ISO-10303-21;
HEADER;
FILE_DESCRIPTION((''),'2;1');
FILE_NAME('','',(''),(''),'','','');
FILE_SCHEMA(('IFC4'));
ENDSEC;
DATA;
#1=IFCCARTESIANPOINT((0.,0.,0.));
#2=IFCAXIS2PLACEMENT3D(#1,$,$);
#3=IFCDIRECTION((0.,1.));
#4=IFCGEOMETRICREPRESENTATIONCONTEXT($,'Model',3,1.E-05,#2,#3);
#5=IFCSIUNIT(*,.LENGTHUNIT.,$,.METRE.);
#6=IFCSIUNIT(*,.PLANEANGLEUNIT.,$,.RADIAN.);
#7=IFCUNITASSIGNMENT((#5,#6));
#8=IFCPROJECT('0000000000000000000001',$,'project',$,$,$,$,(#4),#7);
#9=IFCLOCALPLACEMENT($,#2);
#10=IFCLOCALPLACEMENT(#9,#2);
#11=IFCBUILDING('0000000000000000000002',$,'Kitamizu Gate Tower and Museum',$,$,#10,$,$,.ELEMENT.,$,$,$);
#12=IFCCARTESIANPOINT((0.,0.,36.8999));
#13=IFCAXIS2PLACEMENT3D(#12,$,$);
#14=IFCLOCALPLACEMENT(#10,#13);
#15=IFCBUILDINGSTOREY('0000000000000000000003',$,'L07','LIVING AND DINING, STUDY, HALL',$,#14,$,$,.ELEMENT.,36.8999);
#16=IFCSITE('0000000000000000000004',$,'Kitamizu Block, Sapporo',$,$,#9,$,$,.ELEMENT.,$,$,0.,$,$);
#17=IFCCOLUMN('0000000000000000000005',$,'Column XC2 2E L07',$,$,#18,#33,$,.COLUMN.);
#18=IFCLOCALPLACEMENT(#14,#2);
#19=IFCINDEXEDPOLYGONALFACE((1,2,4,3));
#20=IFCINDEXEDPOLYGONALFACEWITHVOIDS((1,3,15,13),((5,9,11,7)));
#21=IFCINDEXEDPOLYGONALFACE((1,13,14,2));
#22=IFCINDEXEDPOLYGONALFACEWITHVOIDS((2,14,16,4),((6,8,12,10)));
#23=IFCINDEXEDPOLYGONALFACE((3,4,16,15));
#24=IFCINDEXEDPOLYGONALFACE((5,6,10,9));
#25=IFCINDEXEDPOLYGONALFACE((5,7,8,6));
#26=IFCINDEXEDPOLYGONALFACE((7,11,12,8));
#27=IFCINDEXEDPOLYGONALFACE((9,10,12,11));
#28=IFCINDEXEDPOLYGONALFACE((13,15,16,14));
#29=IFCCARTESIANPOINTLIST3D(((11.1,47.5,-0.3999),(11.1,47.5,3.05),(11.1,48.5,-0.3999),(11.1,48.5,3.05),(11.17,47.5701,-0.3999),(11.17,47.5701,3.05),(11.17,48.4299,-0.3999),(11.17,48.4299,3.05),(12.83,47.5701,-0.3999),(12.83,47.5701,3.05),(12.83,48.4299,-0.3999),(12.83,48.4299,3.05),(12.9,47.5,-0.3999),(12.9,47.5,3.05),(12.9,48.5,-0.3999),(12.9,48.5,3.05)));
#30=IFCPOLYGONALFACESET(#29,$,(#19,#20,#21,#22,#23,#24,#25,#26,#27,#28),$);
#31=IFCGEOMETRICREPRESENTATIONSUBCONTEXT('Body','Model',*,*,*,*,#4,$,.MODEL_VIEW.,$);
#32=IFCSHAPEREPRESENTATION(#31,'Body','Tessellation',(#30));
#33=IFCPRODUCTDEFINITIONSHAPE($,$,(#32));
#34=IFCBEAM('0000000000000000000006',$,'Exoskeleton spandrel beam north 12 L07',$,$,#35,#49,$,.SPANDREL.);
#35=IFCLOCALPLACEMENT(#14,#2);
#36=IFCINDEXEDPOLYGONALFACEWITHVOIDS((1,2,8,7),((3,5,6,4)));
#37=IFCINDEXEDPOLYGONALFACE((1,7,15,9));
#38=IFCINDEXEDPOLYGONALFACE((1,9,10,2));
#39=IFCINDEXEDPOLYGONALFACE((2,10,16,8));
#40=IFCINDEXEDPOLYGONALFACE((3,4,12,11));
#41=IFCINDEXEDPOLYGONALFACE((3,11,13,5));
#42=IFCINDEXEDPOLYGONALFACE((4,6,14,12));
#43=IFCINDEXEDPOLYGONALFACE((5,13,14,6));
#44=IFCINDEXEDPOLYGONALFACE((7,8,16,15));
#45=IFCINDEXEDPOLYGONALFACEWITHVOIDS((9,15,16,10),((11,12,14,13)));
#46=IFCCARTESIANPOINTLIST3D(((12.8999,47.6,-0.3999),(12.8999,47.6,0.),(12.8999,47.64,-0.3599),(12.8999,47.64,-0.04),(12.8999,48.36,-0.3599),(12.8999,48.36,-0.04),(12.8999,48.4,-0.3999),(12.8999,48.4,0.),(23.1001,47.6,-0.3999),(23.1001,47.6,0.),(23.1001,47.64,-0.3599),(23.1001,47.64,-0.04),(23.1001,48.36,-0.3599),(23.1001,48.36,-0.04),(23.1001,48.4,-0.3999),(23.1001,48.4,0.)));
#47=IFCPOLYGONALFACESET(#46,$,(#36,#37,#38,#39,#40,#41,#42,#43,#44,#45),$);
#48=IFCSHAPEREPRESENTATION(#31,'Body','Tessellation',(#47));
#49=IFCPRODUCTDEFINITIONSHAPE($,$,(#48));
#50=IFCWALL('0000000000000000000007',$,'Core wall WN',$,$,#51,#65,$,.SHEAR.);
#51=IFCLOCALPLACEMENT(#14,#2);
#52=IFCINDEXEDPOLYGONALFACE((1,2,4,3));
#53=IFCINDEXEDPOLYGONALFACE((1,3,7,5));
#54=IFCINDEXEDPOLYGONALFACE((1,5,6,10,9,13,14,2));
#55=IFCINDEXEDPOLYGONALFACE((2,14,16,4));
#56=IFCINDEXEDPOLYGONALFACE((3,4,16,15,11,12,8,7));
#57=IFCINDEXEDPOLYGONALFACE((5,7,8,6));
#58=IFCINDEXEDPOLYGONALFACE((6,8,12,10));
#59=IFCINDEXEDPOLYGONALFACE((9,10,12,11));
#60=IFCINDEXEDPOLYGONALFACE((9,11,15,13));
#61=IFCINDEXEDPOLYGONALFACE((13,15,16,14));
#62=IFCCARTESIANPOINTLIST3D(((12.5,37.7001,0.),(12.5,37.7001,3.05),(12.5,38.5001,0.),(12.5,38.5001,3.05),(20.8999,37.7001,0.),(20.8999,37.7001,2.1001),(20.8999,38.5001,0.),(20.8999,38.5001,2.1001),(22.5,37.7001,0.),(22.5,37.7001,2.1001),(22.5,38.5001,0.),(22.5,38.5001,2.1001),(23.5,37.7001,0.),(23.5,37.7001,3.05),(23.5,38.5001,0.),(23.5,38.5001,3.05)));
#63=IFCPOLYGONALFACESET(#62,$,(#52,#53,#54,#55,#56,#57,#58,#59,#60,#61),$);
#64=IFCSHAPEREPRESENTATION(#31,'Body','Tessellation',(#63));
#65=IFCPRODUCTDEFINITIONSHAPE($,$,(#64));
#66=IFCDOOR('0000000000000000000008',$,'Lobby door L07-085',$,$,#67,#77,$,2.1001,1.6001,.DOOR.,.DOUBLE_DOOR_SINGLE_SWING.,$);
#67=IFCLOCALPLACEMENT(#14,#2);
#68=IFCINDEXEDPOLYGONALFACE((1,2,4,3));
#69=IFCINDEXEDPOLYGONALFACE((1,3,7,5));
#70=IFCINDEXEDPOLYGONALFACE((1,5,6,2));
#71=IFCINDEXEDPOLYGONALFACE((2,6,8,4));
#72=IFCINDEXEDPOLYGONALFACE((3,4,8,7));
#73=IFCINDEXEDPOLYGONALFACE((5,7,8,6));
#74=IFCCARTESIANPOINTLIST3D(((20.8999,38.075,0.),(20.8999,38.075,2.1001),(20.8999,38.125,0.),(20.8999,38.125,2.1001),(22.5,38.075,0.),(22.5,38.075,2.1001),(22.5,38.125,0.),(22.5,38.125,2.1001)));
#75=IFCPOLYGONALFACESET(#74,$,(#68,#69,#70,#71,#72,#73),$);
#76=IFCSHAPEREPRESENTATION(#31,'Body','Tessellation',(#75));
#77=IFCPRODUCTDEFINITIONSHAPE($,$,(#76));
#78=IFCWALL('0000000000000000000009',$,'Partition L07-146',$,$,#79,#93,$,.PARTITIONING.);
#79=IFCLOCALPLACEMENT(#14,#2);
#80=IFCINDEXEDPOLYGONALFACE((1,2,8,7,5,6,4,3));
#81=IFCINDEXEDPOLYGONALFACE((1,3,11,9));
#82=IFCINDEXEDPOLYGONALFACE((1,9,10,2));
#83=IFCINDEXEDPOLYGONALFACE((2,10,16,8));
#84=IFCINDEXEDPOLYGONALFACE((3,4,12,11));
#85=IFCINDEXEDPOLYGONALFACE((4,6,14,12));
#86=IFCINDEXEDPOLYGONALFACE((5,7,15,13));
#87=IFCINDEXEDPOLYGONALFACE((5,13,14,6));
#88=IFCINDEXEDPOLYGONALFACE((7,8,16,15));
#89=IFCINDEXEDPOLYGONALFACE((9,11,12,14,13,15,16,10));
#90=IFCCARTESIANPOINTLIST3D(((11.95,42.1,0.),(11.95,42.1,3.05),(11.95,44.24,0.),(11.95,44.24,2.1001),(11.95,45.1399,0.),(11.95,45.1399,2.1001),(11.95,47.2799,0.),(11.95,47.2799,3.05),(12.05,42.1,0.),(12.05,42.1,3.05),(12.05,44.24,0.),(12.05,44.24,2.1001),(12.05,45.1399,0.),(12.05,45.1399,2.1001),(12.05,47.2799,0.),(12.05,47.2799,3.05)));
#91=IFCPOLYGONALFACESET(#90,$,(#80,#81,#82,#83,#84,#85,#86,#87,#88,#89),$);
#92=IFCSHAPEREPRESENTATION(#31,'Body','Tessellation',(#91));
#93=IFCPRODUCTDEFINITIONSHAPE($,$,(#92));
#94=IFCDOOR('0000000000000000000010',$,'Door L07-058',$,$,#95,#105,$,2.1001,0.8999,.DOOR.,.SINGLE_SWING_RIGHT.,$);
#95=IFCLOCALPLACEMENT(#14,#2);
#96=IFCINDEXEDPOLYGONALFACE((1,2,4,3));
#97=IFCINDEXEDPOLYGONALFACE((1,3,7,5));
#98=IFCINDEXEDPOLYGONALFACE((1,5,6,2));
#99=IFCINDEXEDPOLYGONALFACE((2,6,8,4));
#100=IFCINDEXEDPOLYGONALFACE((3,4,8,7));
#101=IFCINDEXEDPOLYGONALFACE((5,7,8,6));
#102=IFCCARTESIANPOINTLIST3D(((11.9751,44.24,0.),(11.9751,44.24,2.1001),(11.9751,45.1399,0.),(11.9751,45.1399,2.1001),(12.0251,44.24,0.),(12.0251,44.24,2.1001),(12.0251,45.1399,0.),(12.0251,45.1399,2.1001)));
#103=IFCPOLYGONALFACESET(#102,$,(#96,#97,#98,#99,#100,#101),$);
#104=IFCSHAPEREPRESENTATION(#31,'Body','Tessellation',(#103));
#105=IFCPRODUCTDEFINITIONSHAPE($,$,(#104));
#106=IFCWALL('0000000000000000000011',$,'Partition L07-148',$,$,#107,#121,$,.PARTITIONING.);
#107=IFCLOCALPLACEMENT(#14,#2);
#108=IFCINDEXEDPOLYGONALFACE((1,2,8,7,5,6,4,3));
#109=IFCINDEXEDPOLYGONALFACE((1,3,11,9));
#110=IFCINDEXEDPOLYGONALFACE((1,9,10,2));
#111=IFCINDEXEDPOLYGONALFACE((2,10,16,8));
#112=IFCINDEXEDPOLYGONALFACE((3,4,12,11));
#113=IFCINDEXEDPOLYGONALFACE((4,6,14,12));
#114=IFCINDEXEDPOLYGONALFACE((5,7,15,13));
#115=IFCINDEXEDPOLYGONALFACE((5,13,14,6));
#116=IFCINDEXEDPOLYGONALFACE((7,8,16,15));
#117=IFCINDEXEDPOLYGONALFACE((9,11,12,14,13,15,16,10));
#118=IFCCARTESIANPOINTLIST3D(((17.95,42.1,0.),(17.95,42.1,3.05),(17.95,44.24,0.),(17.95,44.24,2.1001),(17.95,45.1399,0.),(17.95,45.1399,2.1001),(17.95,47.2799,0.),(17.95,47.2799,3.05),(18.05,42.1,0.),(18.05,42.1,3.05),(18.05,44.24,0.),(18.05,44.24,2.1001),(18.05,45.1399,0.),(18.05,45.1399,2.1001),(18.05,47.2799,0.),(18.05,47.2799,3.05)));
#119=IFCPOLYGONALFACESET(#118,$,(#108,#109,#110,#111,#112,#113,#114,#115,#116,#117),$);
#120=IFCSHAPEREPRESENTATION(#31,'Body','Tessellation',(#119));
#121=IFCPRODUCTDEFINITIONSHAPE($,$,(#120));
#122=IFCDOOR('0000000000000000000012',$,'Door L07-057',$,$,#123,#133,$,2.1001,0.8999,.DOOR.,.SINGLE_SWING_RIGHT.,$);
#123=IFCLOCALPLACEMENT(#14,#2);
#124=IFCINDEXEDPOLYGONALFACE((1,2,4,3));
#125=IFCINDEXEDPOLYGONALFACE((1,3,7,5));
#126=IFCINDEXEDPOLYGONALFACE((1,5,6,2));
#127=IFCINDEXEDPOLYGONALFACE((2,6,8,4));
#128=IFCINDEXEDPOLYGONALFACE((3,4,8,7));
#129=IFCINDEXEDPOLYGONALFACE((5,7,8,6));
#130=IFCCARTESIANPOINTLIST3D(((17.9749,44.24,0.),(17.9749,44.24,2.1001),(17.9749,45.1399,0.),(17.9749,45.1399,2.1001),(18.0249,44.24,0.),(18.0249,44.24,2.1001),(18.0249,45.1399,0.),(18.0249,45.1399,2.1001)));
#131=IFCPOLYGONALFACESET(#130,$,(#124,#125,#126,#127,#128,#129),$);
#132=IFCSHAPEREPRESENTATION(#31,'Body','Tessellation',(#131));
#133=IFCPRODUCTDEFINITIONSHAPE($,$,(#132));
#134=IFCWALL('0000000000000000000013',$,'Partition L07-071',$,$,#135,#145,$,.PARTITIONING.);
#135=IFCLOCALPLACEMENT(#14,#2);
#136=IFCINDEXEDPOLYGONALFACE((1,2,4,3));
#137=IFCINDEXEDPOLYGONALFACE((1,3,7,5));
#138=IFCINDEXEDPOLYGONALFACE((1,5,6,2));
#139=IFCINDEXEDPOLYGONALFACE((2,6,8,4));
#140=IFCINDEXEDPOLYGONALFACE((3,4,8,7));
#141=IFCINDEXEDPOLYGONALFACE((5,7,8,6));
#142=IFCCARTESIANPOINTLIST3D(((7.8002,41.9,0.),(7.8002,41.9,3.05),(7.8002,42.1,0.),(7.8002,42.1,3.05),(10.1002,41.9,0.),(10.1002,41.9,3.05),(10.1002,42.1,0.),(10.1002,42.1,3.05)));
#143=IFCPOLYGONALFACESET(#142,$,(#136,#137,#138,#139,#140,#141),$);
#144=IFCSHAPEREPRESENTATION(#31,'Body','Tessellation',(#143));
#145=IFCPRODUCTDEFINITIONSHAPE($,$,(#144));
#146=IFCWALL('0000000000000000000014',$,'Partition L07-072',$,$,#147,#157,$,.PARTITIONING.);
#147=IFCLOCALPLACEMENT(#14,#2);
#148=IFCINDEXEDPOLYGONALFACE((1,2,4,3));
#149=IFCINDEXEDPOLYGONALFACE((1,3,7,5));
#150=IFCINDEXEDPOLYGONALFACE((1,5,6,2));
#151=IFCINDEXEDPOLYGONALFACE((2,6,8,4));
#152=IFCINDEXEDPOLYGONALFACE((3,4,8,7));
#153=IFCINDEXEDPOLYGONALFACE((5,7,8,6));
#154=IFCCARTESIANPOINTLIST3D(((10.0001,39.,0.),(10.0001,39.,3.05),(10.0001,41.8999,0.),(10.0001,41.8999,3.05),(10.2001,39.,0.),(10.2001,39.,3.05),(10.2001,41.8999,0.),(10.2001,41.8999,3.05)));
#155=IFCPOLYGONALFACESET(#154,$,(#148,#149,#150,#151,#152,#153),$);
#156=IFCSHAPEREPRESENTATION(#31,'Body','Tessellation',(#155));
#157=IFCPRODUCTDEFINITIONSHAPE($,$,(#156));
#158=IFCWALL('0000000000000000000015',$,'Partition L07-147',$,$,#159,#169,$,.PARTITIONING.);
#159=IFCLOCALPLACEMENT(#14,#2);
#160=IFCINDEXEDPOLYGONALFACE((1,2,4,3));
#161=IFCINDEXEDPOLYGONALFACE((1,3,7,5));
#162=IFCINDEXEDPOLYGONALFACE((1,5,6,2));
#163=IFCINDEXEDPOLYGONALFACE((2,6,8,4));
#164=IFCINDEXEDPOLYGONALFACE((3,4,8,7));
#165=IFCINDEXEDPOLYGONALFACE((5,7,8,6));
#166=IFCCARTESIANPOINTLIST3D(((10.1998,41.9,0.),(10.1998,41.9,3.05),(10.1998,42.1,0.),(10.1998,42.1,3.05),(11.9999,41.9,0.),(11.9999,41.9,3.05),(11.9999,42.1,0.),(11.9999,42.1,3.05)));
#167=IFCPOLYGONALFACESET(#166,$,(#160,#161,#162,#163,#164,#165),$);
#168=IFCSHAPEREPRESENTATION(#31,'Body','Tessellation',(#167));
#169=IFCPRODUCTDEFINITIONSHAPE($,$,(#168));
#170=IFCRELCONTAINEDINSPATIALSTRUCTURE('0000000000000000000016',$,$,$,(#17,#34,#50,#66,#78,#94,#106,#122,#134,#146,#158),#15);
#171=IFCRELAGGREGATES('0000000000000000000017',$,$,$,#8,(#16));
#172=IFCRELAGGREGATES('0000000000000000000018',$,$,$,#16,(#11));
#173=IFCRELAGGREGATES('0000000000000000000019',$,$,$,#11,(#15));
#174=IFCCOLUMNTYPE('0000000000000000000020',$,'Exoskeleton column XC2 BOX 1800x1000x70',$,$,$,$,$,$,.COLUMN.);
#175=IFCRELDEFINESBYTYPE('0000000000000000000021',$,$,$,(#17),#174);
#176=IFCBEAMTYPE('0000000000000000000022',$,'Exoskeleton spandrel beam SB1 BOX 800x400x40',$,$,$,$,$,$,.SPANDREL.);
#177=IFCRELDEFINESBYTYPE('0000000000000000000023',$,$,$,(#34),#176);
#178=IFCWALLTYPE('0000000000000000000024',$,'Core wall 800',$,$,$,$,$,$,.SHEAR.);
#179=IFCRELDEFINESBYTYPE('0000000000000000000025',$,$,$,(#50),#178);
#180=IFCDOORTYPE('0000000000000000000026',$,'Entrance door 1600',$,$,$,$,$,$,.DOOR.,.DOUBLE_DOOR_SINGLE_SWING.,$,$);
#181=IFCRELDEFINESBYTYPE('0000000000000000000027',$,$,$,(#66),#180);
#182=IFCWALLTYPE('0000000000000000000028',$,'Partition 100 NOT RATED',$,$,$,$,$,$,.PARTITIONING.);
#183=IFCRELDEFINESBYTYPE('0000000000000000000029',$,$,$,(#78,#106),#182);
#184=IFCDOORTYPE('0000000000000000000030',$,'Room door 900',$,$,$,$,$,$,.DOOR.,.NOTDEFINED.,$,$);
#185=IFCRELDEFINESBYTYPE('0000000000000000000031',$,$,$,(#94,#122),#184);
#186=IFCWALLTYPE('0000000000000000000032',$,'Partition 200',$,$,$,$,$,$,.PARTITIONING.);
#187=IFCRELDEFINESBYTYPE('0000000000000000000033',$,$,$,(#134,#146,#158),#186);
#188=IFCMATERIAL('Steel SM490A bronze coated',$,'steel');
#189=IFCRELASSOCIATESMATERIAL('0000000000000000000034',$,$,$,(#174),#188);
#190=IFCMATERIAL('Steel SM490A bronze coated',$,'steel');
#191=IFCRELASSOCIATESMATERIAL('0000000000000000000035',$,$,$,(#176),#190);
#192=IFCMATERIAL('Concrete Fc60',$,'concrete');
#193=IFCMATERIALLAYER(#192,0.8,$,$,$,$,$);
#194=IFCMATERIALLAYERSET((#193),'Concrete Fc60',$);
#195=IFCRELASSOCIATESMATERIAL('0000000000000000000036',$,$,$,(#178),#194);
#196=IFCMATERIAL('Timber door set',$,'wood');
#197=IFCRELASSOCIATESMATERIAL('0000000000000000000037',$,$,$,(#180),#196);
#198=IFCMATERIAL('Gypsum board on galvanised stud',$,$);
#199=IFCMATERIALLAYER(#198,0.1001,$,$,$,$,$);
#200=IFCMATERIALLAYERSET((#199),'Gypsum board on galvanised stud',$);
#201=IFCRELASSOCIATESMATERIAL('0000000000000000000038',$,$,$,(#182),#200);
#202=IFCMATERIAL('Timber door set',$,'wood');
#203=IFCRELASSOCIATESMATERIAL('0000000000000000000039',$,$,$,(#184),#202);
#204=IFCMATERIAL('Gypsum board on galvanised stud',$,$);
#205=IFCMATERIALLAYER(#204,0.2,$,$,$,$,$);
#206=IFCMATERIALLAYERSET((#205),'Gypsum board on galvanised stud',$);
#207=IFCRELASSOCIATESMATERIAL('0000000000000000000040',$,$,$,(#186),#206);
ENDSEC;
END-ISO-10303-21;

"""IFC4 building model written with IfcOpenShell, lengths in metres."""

from ifc_helpers import new_model, si_unit, direction, frame, frame_2d, origin, origin_2d, place, context, subcontext, project, spatial, rectangle, hollow_rectangle, extrude, material, layer, layer_set, material_profile, profile_set, type_object, element, fill, save


model = new_model("IFC4")

# Units and contexts
model_context = context("Model", 3, precision=1e-05, world=origin(), true_north=direction((0.0, 1.0)))
body_context = subcontext(model_context, "Body", "Model", "MODEL_VIEW")
ifc_project = project(units=[si_unit("LENGTHUNIT", "METRE"), si_unit("PLANEANGLEUNIT", "RADIAN")], contexts=[model_context])

# Site, building, storey
site_placement = place(None, origin())
site = spatial("IfcSite", under=ifc_project, at=site_placement, Name="Kitamizu Block, Sapporo", CompositionType="ELEMENT", RefElevation=0.0)
building_placement = place(site_placement, origin())
building = spatial("IfcBuilding", under=site, at=building_placement, Name="Kitamizu Gate Tower and Museum", CompositionType="ELEMENT")
storey_placement = place(building_placement, frame((0.0, 0.0, 36.8999)))
storey = spatial("IfcBuildingStorey", under=building, at=storey_placement, Name="L07", Description="LIVING AND DINING, STUDY, HALL", CompositionType="ELEMENT", Elevation=36.8999)

# Column
ifc_material_1 = material(Name="Steel SM490A bronze coated", Category="steel")
ifc_material_profile_1 = material_profile(ifc_material_1, hollow_rectangle(XDim=1.8, YDim=1.0, WallThickness=0.0701, at=origin_2d()), Name="BOX 1800x1000x70")
ifc_profile_set_1 = profile_set([ifc_material_profile_1], Name="Steel SM490A bronze coated")
column_type = type_object("IfcColumnType", Name="Exoskeleton column XC2 BOX 1800x1000x70", PredefinedType="COLUMN", material=ifc_profile_set_1)
column_placement = place(storey_placement, frame((12.0, 48.0, -0.3999), z_axis=(0.0, 0.0, 1.0), x_axis=(1.0, 0.0, 0.0)))
element("IfcColumn", 1, at=column_placement, inside=storey, type_object=column_type, Name="Column XC2 2E L07", PredefinedType="COLUMN", context=body_context, shape_type="SweptSolid", body=[
    extrude(hollow_rectangle(XDim=1.8, YDim=1.0, WallThickness=0.0701, at=origin_2d()), origin(), (0.0, 0.0, 1.0), 3.45),
])

# Beam
ifc_material_2 = material(Name="Steel SM490A bronze coated", Category="steel")
ifc_material_profile_2 = material_profile(ifc_material_2, hollow_rectangle(XDim=0.8, YDim=0.3999, WallThickness=0.04, at=origin_2d()), Name="BOX 800x400x40")
ifc_profile_set_2 = profile_set([ifc_material_profile_2], Name="Steel SM490A bronze coated")
beam_type = type_object("IfcBeamType", Name="Exoskeleton spandrel beam SB1 BOX 800x400x40", PredefinedType="SPANDREL", material=ifc_profile_set_2)
beam_placement = place(storey_placement, frame((12.8999, 48.0, -0.2), z_axis=(1.0, 0.0, 0.0), x_axis=(0.0, 1.0, 0.0)))
element("IfcBeam", 2, at=beam_placement, inside=storey, type_object=beam_type, Name="Exoskeleton spandrel beam north 12 L07", PredefinedType="SPANDREL", context=body_context, shape_type="SweptSolid", body=[
    extrude(hollow_rectangle(XDim=0.8, YDim=0.3999, WallThickness=0.04, at=origin_2d()), origin(), (0.0, 0.0, 1.0), 10.2002),
])

# Walls, openings, doors
ifc_material_3 = material(Name="Concrete Fc60", Category="concrete")
ifc_layer_1 = layer(ifc_material_3, 0.8)
ifc_layer_set_1 = layer_set([ifc_layer_1], Name="Concrete Fc60")
wall_type_1 = type_object("IfcWallType", Name="Core wall 800", PredefinedType="SHEAR", material=ifc_layer_set_1)
wall_1_placement = place(storey_placement, frame((12.5, 38.1001, 0.0), z_axis=(0.0, 0.0, 1.0), x_axis=(1.0, 0.0, 0.0)))
wall_1 = element("IfcWall", 3, at=wall_1_placement, inside=storey, type_object=wall_type_1, Name="Core wall WN", PredefinedType="SHEAR", context=body_context, shape_type="SweptSolid", body=[
    extrude(rectangle(XDim=11.0, YDim=0.8, at=frame_2d((5.5, 0.0))), origin(), (0.0, 0.0, 1.0), 3.05),
])
opening_1_placement = place(wall_1_placement, frame((8.3999, 0.0, 0.0)))
opening_1 = element("IfcOpeningElement", 4, at=opening_1_placement, cuts=wall_1, PredefinedType="OPENING", context=body_context, shape_type="SweptSolid", body=[
    extrude(rectangle(XDim=1.6001, YDim=2.1001, at=frame_2d((0.8, 1.05))), frame((0.0, 0.4102, 0.0), z_axis=(0.0, -1.0, 0.0), x_axis=(1.0, 0.0, 0.0)), (0.0, 0.0, 1.0), 0.8201),
])
ifc_material_4 = material(Name="Timber door set", Category="wood")
door_type_1 = type_object("IfcDoorType", Name="Entrance door 1600", OperationType="DOUBLE_DOOR_SINGLE_SWING", PredefinedType="DOOR", material=ifc_material_4)
door_1_placement = place(opening_1_placement, origin())
door_1 = element("IfcDoor", 5, at=door_1_placement, inside=storey, type_object=door_type_1, Name="Lobby door L07-085", OperationType="DOUBLE_DOOR_SINGLE_SWING", OverallHeight=2.1001, OverallWidth=1.6001, PredefinedType="DOOR", context=body_context, shape_type="SweptSolid", body=[
    extrude(rectangle(XDim=1.6001, YDim=2.1001, at=frame_2d((0.8, 1.05))), frame((0.0, 0.0249, 0.0), z_axis=(0.0, -1.0, 0.0), x_axis=(1.0, 0.0, 0.0)), (0.0, 0.0, 1.0), 0.05),
])
fill(opening_1, door_1)
ifc_material_5 = material(Name="Gypsum board on galvanised stud")
ifc_layer_2 = layer(ifc_material_5, 0.1001)
ifc_layer_set_2 = layer_set([ifc_layer_2], Name="Gypsum board on galvanised stud")
wall_type_2 = type_object("IfcWallType", Name="Partition 100 NOT RATED", PredefinedType="PARTITIONING", material=ifc_layer_set_2)
wall_2_placement = place(storey_placement, frame((12.0, 42.1001, 0.0), z_axis=(0.0, 0.0, 1.0), x_axis=(0.0, 1.0, 0.0)))
wall_2 = element("IfcWall", 6, at=wall_2_placement, inside=storey, type_object=wall_type_2, Name="Partition L07-146", PredefinedType="PARTITIONING", context=body_context, shape_type="SweptSolid", body=[
    extrude(rectangle(XDim=5.1799, YDim=0.1001, at=frame_2d((2.5898, 0.0))), origin(), (0.0, 0.0, 1.0), 3.05),
])
opening_2_placement = place(wall_2_placement, frame((2.1399, 0.0, 0.0)))
opening_2 = element("IfcOpeningElement", 7, at=opening_2_placement, cuts=wall_2, PredefinedType="OPENING", context=body_context, shape_type="SweptSolid", body=[
    extrude(rectangle(XDim=0.8999, YDim=2.1001, at=frame_2d((0.45, 1.05))), frame((0.0, 0.0601, 0.0), z_axis=(0.0, -1.0, 0.0), x_axis=(1.0, 0.0, 0.0)), (0.0, 0.0, 1.0), 0.1201),
])
ifc_material_6 = material(Name="Timber door set", Category="wood")
door_type_2 = type_object("IfcDoorType", Name="Room door 900", OperationType="NOTDEFINED", PredefinedType="DOOR", material=ifc_material_6)
door_2_placement = place(opening_2_placement, origin())
door_2 = element("IfcDoor", 8, at=door_2_placement, inside=storey, type_object=door_type_2, Name="Door L07-058", OperationType="SINGLE_SWING_RIGHT", OverallHeight=2.1001, OverallWidth=0.8999, PredefinedType="DOOR", context=body_context, shape_type="SweptSolid", body=[
    extrude(rectangle(XDim=0.8999, YDim=2.1001, at=frame_2d((0.45, 1.05))), frame((0.0, 0.0249, 0.0), z_axis=(0.0, -1.0, 0.0), x_axis=(1.0, 0.0, 0.0)), (0.0, 0.0, 1.0), 0.05),
])
fill(opening_2, door_2)
wall_3_placement = place(storey_placement, frame((18.0, 42.1001, 0.0), z_axis=(0.0, 0.0, 1.0), x_axis=(0.0, 1.0, 0.0)))
wall_3 = element("IfcWall", 9, at=wall_3_placement, inside=storey, type_object=wall_type_2, Name="Partition L07-148", PredefinedType="PARTITIONING", context=body_context, shape_type="SweptSolid", body=[
    extrude(rectangle(XDim=5.1799, YDim=0.1001, at=frame_2d((2.5898, 0.0))), origin(), (0.0, 0.0, 1.0), 3.05),
])
opening_3_placement = place(wall_3_placement, frame((2.1399, 0.0, 0.0)))
opening_3 = element("IfcOpeningElement", 10, at=opening_3_placement, cuts=wall_3, PredefinedType="OPENING", context=body_context, shape_type="SweptSolid", body=[
    extrude(rectangle(XDim=0.8999, YDim=2.1001, at=frame_2d((0.45, 1.05))), frame((0.0, 0.0601, 0.0), z_axis=(0.0, -1.0, 0.0), x_axis=(1.0, 0.0, 0.0)), (0.0, 0.0, 1.0), 0.1201),
])
door_3_placement = place(opening_3_placement, frame((0.8999, 0.0, 0.0), x_axis=(-1.0, 0.0, 0.0)))
door_3 = element("IfcDoor", 11, at=door_3_placement, inside=storey, type_object=door_type_2, Name="Door L07-057", OperationType="SINGLE_SWING_RIGHT", OverallHeight=2.1001, OverallWidth=0.8999, PredefinedType="DOOR", context=body_context, shape_type="SweptSolid", body=[
    extrude(rectangle(XDim=0.8999, YDim=2.1001, at=frame_2d((0.45, 1.05))), frame((0.0, 0.0249, 0.0), z_axis=(0.0, -1.0, 0.0), x_axis=(1.0, 0.0, 0.0)), (0.0, 0.0, 1.0), 0.05),
])
fill(opening_3, door_3)

# Walls
ifc_material_7 = material(Name="Gypsum board on galvanised stud")
ifc_layer_3 = layer(ifc_material_7, 0.2)
ifc_layer_set_3 = layer_set([ifc_layer_3], Name="Gypsum board on galvanised stud")
wall_type_3 = type_object("IfcWallType", Name="Partition 200", PredefinedType="PARTITIONING", material=ifc_layer_set_3)
wall_4_placement = place(storey_placement, frame((10.1001, 42.0, 0.0), z_axis=(0.0, 0.0, 1.0), x_axis=(-1.0, 0.0, 0.0)))
element("IfcWall", 12, at=wall_4_placement, inside=storey, type_object=wall_type_3, Name="Partition L07-071", PredefinedType="PARTITIONING", context=body_context, shape_type="SweptSolid", body=[
    extrude(rectangle(XDim=2.3, YDim=0.2, at=frame_2d((1.1499, 0.0))), origin(), (0.0, 0.0, 1.0), 3.05),
])
wall_5_placement = place(storey_placement, frame((10.1001, 39.0, 0.0), z_axis=(0.0, 0.0, 1.0), x_axis=(0.0, 1.0, 0.0)))
element("IfcWall", 13, at=wall_5_placement, inside=storey, type_object=wall_type_3, Name="Partition L07-072", PredefinedType="PARTITIONING", context=body_context, shape_type="SweptSolid", body=[
    extrude(rectangle(XDim=2.8999, YDim=0.2, at=frame_2d((1.45, 0.0))), origin(), (0.0, 0.0, 1.0), 3.05),
])
wall_6_placement = place(storey_placement, frame((10.2, 42.0, 0.0), z_axis=(0.0, 0.0, 1.0), x_axis=(1.0, 0.0, 0.0)))
element("IfcWall", 14, at=wall_6_placement, inside=storey, type_object=wall_type_3, Name="Partition L07-147", PredefinedType="PARTITIONING", context=body_context, shape_type="SweptSolid", body=[
    extrude(rectangle(XDim=1.8, YDim=0.2, at=frame_2d((0.8999, 0.0))), origin(), (0.0, 0.0, 1.0), 3.05),
])

save(model, "model.ifc")
